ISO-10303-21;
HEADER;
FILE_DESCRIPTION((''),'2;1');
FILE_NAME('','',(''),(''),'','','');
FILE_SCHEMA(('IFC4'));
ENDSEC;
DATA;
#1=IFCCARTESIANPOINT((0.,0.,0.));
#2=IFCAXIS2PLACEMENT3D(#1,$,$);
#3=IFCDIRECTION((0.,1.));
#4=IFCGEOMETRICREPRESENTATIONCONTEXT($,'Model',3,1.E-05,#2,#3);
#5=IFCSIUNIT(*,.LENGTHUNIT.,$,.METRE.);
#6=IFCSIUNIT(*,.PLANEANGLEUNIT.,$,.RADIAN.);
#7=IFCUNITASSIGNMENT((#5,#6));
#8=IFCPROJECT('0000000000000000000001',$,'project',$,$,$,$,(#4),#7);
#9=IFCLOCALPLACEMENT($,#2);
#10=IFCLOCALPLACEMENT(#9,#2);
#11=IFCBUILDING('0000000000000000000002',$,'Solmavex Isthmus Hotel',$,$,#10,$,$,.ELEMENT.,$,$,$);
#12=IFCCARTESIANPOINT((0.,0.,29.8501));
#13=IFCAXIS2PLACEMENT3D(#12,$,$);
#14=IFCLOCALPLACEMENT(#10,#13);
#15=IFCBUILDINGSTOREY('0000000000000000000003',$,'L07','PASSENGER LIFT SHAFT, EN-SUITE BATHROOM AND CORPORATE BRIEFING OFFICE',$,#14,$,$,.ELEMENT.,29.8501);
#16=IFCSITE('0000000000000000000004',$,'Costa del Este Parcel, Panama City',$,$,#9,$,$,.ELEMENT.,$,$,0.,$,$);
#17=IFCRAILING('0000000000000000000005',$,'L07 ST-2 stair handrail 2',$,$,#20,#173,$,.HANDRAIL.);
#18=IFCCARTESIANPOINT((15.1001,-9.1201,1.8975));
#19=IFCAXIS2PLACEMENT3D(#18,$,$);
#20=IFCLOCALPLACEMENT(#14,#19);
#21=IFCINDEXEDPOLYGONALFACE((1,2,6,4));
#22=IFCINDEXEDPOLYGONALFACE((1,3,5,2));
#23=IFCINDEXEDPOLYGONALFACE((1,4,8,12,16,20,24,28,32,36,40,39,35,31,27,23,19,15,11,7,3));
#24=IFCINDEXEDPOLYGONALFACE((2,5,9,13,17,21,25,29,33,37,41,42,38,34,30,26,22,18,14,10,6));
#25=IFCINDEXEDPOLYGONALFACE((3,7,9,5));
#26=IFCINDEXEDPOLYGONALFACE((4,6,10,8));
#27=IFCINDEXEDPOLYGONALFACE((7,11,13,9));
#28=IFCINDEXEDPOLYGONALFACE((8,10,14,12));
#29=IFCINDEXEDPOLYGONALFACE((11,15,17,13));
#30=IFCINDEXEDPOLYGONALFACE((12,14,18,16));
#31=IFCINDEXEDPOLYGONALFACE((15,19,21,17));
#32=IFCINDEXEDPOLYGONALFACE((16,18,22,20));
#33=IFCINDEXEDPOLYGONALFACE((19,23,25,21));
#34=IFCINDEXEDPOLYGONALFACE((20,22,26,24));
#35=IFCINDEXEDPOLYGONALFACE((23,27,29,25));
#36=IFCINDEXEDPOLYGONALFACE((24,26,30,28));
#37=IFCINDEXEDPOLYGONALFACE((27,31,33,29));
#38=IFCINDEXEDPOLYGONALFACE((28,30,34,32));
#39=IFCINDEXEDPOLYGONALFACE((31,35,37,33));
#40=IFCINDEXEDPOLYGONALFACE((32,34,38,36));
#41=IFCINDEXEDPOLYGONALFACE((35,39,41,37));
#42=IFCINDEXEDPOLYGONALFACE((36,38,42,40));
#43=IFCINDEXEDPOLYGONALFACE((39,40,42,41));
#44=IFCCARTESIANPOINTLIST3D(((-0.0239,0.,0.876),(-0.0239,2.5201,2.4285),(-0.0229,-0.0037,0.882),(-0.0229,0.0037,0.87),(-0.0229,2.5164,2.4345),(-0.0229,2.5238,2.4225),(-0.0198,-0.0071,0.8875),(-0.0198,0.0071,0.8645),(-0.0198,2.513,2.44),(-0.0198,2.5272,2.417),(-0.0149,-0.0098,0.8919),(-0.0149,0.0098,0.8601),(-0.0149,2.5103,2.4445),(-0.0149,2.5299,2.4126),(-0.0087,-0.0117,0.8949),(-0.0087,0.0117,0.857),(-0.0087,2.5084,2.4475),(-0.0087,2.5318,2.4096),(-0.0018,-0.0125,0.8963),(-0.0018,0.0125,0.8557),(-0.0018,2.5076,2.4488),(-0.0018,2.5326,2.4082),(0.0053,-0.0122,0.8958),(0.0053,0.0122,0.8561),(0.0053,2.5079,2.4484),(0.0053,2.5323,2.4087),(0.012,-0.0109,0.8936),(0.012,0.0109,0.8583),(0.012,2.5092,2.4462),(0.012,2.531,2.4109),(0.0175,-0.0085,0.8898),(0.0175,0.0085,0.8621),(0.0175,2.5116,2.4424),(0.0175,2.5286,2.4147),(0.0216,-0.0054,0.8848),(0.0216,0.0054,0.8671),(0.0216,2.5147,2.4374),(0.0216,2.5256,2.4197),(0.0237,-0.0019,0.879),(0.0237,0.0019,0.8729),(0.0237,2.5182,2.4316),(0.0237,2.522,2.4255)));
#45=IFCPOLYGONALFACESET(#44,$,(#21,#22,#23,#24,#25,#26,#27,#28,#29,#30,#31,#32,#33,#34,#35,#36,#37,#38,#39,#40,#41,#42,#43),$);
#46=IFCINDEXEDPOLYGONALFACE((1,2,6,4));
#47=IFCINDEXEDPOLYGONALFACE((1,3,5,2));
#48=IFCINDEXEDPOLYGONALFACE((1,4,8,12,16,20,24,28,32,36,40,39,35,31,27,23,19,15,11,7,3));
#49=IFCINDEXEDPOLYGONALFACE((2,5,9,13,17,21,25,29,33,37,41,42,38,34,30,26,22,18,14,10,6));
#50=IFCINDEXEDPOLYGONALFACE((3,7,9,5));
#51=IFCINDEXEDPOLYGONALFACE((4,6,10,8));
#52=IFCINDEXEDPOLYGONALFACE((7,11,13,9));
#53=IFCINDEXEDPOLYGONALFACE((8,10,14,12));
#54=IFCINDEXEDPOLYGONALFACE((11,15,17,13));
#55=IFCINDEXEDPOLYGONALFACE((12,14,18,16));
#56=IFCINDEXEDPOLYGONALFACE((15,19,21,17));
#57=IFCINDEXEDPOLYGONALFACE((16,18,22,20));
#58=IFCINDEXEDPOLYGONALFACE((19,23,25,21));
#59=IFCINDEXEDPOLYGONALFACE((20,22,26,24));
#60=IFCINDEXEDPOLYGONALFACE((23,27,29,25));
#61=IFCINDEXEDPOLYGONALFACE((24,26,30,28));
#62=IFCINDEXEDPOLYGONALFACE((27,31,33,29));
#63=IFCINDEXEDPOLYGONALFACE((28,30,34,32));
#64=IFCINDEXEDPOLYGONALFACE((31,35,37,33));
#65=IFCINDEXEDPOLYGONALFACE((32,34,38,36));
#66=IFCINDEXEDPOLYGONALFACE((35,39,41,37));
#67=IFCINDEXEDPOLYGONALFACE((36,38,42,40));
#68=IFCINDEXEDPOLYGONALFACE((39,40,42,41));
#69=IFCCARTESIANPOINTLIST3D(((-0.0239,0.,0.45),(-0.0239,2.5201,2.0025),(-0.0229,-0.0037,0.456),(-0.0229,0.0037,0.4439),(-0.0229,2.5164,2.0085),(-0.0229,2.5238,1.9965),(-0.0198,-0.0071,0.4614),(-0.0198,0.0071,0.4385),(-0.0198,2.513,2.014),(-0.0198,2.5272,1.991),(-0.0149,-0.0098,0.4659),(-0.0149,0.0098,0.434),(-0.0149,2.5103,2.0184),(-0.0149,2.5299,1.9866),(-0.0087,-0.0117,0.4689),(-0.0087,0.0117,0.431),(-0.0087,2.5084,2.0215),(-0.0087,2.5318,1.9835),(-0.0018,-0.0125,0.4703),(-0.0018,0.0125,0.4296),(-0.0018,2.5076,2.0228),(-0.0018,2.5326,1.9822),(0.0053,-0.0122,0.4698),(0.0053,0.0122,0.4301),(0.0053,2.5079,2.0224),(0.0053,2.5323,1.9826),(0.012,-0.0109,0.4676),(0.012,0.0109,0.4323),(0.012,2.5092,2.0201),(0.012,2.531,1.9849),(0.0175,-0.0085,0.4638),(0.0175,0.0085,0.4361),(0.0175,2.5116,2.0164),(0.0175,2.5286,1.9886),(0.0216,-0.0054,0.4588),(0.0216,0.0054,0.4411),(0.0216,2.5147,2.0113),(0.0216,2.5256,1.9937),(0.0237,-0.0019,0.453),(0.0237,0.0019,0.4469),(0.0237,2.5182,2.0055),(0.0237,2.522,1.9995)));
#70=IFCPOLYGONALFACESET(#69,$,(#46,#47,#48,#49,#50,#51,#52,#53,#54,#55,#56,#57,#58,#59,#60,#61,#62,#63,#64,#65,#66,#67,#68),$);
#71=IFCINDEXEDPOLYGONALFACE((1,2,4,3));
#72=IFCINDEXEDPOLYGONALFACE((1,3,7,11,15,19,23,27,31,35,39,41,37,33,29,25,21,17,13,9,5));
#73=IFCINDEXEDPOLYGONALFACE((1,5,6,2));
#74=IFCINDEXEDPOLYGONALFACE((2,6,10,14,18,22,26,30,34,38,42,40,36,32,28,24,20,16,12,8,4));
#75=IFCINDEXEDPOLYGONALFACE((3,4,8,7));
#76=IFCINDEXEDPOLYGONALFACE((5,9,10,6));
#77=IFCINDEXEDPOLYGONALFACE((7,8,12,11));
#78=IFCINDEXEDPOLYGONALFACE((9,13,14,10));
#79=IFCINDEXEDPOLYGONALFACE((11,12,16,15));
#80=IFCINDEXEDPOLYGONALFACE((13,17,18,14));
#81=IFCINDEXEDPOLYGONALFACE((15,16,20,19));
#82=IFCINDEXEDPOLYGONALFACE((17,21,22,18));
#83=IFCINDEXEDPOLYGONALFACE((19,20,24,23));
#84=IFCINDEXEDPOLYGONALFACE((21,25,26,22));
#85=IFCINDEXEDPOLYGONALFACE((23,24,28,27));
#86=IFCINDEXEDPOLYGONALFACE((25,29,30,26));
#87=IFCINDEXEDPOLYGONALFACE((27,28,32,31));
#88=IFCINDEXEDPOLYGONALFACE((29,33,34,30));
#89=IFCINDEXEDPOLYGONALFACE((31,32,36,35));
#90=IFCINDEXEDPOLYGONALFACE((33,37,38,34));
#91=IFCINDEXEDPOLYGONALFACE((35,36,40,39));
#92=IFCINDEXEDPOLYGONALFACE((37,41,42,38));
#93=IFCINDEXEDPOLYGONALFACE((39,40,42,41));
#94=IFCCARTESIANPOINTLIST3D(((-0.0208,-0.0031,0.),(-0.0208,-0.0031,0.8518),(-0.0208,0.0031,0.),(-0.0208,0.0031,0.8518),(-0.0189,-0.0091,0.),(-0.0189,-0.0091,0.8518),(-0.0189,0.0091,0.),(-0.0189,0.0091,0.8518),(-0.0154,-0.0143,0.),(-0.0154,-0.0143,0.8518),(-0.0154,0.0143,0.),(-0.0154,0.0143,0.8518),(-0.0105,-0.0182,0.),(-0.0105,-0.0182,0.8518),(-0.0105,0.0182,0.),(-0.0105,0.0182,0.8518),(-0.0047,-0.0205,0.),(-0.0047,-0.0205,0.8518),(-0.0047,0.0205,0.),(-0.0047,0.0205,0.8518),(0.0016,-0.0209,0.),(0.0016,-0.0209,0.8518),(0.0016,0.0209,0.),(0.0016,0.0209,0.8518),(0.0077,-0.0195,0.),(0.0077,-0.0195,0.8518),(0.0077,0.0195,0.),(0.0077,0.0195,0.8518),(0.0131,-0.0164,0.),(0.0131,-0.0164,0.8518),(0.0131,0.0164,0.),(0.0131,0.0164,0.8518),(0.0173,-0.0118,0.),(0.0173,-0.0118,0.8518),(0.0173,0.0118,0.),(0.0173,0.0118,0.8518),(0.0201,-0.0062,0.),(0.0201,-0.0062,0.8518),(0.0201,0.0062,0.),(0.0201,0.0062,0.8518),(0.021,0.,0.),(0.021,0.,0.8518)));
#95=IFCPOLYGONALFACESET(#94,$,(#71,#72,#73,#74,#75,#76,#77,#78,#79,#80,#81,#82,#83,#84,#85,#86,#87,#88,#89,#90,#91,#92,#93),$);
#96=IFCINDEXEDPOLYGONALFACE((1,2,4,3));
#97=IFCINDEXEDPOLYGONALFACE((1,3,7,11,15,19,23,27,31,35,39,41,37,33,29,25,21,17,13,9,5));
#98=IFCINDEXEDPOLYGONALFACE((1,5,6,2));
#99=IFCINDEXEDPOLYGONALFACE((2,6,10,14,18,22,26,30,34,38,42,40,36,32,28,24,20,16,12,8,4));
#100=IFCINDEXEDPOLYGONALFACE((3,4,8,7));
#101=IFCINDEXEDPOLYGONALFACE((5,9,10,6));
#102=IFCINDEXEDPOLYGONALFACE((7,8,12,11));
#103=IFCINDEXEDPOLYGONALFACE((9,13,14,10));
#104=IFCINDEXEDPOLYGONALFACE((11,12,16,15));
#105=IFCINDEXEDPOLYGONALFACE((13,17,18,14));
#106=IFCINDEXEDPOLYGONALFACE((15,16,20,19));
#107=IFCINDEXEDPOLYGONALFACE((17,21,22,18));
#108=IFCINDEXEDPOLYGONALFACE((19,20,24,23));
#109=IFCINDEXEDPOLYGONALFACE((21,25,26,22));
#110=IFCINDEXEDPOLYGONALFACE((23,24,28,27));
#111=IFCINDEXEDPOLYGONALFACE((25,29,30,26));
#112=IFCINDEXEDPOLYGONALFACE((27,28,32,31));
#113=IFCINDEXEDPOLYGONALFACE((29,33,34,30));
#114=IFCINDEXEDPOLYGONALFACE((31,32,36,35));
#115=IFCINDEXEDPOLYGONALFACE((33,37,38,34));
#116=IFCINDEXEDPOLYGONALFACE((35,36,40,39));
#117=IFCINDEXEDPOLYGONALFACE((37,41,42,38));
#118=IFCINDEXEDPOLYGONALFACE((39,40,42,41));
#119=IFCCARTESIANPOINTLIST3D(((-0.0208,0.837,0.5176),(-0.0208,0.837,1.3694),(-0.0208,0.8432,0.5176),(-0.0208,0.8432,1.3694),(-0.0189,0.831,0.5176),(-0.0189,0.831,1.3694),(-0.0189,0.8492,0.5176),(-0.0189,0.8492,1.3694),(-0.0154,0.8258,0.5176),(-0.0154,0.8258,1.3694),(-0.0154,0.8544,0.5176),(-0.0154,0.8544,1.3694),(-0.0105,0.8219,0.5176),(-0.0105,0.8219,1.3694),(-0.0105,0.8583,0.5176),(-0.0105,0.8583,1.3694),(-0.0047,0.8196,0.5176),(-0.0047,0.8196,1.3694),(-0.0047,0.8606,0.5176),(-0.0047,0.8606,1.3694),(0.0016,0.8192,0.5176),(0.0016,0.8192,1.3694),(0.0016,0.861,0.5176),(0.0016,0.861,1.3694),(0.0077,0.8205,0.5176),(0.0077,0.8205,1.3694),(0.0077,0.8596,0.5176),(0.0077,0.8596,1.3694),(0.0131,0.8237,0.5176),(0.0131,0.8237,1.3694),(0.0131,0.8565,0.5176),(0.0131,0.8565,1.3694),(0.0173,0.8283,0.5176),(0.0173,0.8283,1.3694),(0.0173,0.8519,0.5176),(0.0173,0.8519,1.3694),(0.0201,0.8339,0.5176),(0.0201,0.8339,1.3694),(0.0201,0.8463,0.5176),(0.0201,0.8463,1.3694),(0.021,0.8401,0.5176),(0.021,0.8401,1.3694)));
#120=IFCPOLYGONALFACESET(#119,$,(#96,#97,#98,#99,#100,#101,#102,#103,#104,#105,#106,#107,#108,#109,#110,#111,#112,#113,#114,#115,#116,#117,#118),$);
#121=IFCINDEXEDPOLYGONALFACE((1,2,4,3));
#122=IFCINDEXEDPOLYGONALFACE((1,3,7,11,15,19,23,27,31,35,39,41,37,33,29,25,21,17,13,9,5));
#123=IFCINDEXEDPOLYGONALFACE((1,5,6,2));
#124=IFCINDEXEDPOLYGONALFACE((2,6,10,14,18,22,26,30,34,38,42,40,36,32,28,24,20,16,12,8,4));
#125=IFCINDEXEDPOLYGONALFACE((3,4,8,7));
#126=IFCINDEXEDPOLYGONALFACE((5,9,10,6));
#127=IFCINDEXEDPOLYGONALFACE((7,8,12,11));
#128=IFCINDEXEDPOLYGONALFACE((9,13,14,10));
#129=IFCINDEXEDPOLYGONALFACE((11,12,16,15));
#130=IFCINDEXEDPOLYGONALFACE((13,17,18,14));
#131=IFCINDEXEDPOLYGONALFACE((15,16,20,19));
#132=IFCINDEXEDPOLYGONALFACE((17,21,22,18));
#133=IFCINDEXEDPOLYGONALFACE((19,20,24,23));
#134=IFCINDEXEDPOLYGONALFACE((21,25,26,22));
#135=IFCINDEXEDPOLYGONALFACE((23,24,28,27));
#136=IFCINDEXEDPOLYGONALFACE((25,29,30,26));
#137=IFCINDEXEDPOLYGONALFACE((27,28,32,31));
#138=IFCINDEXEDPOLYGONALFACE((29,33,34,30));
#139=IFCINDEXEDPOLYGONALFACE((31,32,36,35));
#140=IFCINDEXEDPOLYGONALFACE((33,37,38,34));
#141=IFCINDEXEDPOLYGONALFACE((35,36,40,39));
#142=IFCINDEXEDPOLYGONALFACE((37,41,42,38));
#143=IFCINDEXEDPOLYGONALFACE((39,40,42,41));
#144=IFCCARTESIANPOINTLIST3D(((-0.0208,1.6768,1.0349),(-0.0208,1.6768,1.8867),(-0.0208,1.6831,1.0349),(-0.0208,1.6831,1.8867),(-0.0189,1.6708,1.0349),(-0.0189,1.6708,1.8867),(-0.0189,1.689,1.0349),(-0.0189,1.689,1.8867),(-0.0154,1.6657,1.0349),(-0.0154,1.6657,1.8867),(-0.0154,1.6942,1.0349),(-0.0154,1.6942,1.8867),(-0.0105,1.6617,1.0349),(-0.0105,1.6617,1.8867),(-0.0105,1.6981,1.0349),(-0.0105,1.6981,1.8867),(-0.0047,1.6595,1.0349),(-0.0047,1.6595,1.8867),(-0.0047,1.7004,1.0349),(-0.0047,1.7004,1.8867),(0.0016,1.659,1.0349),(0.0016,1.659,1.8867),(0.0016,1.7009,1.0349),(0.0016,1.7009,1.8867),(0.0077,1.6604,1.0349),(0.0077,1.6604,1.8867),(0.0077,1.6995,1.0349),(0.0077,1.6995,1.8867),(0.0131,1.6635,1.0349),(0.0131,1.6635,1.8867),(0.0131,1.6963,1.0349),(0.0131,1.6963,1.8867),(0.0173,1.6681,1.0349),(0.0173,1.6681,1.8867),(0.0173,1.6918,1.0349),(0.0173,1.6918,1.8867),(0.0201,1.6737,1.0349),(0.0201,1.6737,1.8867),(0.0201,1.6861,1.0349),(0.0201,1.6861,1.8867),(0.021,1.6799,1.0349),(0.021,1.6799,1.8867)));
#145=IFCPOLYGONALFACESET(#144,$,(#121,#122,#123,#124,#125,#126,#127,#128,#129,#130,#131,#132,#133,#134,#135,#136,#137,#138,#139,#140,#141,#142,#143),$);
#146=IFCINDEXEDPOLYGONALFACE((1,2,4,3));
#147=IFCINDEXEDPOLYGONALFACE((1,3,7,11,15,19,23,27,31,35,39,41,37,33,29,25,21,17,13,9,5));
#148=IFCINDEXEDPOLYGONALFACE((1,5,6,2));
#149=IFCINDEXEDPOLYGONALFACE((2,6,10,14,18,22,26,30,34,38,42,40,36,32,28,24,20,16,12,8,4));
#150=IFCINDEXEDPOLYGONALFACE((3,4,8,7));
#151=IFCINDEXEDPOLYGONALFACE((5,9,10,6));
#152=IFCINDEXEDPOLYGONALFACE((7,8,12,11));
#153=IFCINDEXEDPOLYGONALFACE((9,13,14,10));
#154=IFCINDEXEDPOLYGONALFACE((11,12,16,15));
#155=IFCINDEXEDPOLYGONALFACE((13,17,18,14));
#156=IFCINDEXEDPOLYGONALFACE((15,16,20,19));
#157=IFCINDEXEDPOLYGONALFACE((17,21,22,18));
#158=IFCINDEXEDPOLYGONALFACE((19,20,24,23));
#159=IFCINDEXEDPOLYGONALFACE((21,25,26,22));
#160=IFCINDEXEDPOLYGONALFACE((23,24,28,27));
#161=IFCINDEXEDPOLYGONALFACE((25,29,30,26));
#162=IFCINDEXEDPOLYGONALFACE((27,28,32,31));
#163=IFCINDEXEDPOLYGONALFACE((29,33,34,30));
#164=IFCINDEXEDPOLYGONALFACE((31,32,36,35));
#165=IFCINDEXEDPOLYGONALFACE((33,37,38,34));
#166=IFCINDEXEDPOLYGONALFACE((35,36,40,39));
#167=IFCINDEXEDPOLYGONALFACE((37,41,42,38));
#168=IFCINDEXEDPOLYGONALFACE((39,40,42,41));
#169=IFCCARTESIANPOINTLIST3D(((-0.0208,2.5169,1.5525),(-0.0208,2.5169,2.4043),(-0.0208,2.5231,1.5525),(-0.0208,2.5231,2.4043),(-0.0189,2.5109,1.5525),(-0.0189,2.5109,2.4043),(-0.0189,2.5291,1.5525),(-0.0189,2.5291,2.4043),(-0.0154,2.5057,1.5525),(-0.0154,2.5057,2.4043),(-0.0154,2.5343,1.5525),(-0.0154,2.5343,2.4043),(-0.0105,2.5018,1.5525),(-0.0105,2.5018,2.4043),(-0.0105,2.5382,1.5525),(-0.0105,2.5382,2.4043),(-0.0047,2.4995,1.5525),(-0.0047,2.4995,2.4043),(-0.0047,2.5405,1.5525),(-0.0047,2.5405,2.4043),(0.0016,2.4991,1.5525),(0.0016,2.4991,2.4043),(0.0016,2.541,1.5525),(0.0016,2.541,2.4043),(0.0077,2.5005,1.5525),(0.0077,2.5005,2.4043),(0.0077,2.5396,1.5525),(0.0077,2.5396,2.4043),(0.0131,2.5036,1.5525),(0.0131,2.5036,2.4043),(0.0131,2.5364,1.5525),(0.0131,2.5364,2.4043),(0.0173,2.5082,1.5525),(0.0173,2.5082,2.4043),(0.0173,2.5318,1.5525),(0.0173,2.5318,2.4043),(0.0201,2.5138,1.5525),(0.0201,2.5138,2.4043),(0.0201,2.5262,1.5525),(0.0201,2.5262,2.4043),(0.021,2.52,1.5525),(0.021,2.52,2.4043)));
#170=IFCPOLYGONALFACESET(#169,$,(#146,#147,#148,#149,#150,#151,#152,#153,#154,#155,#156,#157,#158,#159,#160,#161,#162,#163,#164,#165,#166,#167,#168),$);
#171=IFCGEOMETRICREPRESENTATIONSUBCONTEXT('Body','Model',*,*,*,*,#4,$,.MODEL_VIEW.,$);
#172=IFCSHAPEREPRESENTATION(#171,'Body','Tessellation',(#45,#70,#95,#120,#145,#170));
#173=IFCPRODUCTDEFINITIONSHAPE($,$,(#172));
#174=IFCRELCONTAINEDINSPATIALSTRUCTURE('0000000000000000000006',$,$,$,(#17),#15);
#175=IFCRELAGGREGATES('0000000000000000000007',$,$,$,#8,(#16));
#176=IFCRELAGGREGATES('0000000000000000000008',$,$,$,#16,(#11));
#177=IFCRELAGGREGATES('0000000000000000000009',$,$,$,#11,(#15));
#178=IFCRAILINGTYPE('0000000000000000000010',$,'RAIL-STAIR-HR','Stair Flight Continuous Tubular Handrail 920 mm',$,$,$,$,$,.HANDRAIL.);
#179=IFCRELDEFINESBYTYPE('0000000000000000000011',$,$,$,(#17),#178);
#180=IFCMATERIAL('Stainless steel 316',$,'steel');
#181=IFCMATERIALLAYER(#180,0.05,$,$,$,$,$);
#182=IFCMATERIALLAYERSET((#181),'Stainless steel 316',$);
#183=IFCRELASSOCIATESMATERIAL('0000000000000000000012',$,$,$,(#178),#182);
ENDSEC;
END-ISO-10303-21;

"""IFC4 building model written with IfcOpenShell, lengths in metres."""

from ifc_helpers import new_model, si_unit, direction, frame, origin, origin_2d, place, context, subcontext, project, spatial, circle, extrude, material, layer, layer_set, type_object, element, save


model = new_model("IFC4")

# Units and contexts
model_context = context("Model", 3, precision=1e-05, world=origin(), true_north=direction((0.0, 1.0)))
body_context = subcontext(model_context, "Body", "Model", "MODEL_VIEW")
ifc_project = project(units=[si_unit("LENGTHUNIT", "METRE"), si_unit("PLANEANGLEUNIT", "RADIAN")], contexts=[model_context])

# Site, building, storey
site_placement = place(None, origin())
site = spatial("IfcSite", under=ifc_project, at=site_placement, Name="Costa del Este Parcel, Panama City", CompositionType="ELEMENT", RefElevation=0.0)
building_placement = place(site_placement, origin())
building = spatial("IfcBuilding", under=site, at=building_placement, Name="Solmavex Isthmus Hotel", CompositionType="ELEMENT")
storey_placement = place(building_placement, frame((0.0, 0.0, 29.8501)))
storey = spatial("IfcBuildingStorey", under=building, at=storey_placement, Name="L07", Description="PASSENGER LIFT SHAFT, EN-SUITE BATHROOM AND CORPORATE BRIEFING OFFICE", CompositionType="ELEMENT", Elevation=29.8501)

# Railing
ifc_material_1 = material(Name="Stainless steel 316", Category="steel")
ifc_layer_1 = layer(ifc_material_1, 0.05)
ifc_layer_set_1 = layer_set([ifc_layer_1], Name="Stainless steel 316")
railing_type_1 = type_object("IfcRailingType", Name="RAIL-STAIR-HR", Description="Stair Flight Continuous Tubular Handrail 920 mm", PredefinedType="HANDRAIL", material=ifc_layer_set_1)
railing_1_placement = place(storey_placement, frame((15.1001, -9.1201, 1.8975)))
element("IfcRailing", 1, at=railing_1_placement, inside=storey, type_object=railing_type_1, Name="L07 ST-2 stair handrail 2", PredefinedType="HANDRAIL", context=body_context, shape_type="SweptSolid", body=[
    extrude(circle(Radius=0.0239, at=origin_2d()), frame((0.0, 0.0, 0.876), z_axis=(0.0, 0.8514, 0.524516), x_axis=(-1.0, 0.0, 0.0)), (0.0, 0.0, 1.0), 2.96),
    extrude(circle(Radius=0.0239, at=origin_2d()), frame((0.0, 0.0, 0.45), z_axis=(0.0, 0.8514, 0.524516), x_axis=(-1.0, 0.0, 0.0)), (0.0, 0.0, 1.0), 2.96),
    extrude(circle(Radius=0.021, at=origin_2d()), origin(), (0.0, 0.0, 1.0), 0.8518),
    extrude(circle(Radius=0.021, at=origin_2d()), frame((0.0, 0.8401, 0.5176)), (0.0, 0.0, 1.0), 0.8518),
    extrude(circle(Radius=0.021, at=origin_2d()), frame((0.0, 1.6799, 1.0349)), (0.0, 0.0, 1.0), 0.8518),
    extrude(circle(Radius=0.021, at=origin_2d()), frame((0.0, 2.52, 1.5525)), (0.0, 0.0, 1.0), 0.8518),
])

save(model, "model.ifc")
